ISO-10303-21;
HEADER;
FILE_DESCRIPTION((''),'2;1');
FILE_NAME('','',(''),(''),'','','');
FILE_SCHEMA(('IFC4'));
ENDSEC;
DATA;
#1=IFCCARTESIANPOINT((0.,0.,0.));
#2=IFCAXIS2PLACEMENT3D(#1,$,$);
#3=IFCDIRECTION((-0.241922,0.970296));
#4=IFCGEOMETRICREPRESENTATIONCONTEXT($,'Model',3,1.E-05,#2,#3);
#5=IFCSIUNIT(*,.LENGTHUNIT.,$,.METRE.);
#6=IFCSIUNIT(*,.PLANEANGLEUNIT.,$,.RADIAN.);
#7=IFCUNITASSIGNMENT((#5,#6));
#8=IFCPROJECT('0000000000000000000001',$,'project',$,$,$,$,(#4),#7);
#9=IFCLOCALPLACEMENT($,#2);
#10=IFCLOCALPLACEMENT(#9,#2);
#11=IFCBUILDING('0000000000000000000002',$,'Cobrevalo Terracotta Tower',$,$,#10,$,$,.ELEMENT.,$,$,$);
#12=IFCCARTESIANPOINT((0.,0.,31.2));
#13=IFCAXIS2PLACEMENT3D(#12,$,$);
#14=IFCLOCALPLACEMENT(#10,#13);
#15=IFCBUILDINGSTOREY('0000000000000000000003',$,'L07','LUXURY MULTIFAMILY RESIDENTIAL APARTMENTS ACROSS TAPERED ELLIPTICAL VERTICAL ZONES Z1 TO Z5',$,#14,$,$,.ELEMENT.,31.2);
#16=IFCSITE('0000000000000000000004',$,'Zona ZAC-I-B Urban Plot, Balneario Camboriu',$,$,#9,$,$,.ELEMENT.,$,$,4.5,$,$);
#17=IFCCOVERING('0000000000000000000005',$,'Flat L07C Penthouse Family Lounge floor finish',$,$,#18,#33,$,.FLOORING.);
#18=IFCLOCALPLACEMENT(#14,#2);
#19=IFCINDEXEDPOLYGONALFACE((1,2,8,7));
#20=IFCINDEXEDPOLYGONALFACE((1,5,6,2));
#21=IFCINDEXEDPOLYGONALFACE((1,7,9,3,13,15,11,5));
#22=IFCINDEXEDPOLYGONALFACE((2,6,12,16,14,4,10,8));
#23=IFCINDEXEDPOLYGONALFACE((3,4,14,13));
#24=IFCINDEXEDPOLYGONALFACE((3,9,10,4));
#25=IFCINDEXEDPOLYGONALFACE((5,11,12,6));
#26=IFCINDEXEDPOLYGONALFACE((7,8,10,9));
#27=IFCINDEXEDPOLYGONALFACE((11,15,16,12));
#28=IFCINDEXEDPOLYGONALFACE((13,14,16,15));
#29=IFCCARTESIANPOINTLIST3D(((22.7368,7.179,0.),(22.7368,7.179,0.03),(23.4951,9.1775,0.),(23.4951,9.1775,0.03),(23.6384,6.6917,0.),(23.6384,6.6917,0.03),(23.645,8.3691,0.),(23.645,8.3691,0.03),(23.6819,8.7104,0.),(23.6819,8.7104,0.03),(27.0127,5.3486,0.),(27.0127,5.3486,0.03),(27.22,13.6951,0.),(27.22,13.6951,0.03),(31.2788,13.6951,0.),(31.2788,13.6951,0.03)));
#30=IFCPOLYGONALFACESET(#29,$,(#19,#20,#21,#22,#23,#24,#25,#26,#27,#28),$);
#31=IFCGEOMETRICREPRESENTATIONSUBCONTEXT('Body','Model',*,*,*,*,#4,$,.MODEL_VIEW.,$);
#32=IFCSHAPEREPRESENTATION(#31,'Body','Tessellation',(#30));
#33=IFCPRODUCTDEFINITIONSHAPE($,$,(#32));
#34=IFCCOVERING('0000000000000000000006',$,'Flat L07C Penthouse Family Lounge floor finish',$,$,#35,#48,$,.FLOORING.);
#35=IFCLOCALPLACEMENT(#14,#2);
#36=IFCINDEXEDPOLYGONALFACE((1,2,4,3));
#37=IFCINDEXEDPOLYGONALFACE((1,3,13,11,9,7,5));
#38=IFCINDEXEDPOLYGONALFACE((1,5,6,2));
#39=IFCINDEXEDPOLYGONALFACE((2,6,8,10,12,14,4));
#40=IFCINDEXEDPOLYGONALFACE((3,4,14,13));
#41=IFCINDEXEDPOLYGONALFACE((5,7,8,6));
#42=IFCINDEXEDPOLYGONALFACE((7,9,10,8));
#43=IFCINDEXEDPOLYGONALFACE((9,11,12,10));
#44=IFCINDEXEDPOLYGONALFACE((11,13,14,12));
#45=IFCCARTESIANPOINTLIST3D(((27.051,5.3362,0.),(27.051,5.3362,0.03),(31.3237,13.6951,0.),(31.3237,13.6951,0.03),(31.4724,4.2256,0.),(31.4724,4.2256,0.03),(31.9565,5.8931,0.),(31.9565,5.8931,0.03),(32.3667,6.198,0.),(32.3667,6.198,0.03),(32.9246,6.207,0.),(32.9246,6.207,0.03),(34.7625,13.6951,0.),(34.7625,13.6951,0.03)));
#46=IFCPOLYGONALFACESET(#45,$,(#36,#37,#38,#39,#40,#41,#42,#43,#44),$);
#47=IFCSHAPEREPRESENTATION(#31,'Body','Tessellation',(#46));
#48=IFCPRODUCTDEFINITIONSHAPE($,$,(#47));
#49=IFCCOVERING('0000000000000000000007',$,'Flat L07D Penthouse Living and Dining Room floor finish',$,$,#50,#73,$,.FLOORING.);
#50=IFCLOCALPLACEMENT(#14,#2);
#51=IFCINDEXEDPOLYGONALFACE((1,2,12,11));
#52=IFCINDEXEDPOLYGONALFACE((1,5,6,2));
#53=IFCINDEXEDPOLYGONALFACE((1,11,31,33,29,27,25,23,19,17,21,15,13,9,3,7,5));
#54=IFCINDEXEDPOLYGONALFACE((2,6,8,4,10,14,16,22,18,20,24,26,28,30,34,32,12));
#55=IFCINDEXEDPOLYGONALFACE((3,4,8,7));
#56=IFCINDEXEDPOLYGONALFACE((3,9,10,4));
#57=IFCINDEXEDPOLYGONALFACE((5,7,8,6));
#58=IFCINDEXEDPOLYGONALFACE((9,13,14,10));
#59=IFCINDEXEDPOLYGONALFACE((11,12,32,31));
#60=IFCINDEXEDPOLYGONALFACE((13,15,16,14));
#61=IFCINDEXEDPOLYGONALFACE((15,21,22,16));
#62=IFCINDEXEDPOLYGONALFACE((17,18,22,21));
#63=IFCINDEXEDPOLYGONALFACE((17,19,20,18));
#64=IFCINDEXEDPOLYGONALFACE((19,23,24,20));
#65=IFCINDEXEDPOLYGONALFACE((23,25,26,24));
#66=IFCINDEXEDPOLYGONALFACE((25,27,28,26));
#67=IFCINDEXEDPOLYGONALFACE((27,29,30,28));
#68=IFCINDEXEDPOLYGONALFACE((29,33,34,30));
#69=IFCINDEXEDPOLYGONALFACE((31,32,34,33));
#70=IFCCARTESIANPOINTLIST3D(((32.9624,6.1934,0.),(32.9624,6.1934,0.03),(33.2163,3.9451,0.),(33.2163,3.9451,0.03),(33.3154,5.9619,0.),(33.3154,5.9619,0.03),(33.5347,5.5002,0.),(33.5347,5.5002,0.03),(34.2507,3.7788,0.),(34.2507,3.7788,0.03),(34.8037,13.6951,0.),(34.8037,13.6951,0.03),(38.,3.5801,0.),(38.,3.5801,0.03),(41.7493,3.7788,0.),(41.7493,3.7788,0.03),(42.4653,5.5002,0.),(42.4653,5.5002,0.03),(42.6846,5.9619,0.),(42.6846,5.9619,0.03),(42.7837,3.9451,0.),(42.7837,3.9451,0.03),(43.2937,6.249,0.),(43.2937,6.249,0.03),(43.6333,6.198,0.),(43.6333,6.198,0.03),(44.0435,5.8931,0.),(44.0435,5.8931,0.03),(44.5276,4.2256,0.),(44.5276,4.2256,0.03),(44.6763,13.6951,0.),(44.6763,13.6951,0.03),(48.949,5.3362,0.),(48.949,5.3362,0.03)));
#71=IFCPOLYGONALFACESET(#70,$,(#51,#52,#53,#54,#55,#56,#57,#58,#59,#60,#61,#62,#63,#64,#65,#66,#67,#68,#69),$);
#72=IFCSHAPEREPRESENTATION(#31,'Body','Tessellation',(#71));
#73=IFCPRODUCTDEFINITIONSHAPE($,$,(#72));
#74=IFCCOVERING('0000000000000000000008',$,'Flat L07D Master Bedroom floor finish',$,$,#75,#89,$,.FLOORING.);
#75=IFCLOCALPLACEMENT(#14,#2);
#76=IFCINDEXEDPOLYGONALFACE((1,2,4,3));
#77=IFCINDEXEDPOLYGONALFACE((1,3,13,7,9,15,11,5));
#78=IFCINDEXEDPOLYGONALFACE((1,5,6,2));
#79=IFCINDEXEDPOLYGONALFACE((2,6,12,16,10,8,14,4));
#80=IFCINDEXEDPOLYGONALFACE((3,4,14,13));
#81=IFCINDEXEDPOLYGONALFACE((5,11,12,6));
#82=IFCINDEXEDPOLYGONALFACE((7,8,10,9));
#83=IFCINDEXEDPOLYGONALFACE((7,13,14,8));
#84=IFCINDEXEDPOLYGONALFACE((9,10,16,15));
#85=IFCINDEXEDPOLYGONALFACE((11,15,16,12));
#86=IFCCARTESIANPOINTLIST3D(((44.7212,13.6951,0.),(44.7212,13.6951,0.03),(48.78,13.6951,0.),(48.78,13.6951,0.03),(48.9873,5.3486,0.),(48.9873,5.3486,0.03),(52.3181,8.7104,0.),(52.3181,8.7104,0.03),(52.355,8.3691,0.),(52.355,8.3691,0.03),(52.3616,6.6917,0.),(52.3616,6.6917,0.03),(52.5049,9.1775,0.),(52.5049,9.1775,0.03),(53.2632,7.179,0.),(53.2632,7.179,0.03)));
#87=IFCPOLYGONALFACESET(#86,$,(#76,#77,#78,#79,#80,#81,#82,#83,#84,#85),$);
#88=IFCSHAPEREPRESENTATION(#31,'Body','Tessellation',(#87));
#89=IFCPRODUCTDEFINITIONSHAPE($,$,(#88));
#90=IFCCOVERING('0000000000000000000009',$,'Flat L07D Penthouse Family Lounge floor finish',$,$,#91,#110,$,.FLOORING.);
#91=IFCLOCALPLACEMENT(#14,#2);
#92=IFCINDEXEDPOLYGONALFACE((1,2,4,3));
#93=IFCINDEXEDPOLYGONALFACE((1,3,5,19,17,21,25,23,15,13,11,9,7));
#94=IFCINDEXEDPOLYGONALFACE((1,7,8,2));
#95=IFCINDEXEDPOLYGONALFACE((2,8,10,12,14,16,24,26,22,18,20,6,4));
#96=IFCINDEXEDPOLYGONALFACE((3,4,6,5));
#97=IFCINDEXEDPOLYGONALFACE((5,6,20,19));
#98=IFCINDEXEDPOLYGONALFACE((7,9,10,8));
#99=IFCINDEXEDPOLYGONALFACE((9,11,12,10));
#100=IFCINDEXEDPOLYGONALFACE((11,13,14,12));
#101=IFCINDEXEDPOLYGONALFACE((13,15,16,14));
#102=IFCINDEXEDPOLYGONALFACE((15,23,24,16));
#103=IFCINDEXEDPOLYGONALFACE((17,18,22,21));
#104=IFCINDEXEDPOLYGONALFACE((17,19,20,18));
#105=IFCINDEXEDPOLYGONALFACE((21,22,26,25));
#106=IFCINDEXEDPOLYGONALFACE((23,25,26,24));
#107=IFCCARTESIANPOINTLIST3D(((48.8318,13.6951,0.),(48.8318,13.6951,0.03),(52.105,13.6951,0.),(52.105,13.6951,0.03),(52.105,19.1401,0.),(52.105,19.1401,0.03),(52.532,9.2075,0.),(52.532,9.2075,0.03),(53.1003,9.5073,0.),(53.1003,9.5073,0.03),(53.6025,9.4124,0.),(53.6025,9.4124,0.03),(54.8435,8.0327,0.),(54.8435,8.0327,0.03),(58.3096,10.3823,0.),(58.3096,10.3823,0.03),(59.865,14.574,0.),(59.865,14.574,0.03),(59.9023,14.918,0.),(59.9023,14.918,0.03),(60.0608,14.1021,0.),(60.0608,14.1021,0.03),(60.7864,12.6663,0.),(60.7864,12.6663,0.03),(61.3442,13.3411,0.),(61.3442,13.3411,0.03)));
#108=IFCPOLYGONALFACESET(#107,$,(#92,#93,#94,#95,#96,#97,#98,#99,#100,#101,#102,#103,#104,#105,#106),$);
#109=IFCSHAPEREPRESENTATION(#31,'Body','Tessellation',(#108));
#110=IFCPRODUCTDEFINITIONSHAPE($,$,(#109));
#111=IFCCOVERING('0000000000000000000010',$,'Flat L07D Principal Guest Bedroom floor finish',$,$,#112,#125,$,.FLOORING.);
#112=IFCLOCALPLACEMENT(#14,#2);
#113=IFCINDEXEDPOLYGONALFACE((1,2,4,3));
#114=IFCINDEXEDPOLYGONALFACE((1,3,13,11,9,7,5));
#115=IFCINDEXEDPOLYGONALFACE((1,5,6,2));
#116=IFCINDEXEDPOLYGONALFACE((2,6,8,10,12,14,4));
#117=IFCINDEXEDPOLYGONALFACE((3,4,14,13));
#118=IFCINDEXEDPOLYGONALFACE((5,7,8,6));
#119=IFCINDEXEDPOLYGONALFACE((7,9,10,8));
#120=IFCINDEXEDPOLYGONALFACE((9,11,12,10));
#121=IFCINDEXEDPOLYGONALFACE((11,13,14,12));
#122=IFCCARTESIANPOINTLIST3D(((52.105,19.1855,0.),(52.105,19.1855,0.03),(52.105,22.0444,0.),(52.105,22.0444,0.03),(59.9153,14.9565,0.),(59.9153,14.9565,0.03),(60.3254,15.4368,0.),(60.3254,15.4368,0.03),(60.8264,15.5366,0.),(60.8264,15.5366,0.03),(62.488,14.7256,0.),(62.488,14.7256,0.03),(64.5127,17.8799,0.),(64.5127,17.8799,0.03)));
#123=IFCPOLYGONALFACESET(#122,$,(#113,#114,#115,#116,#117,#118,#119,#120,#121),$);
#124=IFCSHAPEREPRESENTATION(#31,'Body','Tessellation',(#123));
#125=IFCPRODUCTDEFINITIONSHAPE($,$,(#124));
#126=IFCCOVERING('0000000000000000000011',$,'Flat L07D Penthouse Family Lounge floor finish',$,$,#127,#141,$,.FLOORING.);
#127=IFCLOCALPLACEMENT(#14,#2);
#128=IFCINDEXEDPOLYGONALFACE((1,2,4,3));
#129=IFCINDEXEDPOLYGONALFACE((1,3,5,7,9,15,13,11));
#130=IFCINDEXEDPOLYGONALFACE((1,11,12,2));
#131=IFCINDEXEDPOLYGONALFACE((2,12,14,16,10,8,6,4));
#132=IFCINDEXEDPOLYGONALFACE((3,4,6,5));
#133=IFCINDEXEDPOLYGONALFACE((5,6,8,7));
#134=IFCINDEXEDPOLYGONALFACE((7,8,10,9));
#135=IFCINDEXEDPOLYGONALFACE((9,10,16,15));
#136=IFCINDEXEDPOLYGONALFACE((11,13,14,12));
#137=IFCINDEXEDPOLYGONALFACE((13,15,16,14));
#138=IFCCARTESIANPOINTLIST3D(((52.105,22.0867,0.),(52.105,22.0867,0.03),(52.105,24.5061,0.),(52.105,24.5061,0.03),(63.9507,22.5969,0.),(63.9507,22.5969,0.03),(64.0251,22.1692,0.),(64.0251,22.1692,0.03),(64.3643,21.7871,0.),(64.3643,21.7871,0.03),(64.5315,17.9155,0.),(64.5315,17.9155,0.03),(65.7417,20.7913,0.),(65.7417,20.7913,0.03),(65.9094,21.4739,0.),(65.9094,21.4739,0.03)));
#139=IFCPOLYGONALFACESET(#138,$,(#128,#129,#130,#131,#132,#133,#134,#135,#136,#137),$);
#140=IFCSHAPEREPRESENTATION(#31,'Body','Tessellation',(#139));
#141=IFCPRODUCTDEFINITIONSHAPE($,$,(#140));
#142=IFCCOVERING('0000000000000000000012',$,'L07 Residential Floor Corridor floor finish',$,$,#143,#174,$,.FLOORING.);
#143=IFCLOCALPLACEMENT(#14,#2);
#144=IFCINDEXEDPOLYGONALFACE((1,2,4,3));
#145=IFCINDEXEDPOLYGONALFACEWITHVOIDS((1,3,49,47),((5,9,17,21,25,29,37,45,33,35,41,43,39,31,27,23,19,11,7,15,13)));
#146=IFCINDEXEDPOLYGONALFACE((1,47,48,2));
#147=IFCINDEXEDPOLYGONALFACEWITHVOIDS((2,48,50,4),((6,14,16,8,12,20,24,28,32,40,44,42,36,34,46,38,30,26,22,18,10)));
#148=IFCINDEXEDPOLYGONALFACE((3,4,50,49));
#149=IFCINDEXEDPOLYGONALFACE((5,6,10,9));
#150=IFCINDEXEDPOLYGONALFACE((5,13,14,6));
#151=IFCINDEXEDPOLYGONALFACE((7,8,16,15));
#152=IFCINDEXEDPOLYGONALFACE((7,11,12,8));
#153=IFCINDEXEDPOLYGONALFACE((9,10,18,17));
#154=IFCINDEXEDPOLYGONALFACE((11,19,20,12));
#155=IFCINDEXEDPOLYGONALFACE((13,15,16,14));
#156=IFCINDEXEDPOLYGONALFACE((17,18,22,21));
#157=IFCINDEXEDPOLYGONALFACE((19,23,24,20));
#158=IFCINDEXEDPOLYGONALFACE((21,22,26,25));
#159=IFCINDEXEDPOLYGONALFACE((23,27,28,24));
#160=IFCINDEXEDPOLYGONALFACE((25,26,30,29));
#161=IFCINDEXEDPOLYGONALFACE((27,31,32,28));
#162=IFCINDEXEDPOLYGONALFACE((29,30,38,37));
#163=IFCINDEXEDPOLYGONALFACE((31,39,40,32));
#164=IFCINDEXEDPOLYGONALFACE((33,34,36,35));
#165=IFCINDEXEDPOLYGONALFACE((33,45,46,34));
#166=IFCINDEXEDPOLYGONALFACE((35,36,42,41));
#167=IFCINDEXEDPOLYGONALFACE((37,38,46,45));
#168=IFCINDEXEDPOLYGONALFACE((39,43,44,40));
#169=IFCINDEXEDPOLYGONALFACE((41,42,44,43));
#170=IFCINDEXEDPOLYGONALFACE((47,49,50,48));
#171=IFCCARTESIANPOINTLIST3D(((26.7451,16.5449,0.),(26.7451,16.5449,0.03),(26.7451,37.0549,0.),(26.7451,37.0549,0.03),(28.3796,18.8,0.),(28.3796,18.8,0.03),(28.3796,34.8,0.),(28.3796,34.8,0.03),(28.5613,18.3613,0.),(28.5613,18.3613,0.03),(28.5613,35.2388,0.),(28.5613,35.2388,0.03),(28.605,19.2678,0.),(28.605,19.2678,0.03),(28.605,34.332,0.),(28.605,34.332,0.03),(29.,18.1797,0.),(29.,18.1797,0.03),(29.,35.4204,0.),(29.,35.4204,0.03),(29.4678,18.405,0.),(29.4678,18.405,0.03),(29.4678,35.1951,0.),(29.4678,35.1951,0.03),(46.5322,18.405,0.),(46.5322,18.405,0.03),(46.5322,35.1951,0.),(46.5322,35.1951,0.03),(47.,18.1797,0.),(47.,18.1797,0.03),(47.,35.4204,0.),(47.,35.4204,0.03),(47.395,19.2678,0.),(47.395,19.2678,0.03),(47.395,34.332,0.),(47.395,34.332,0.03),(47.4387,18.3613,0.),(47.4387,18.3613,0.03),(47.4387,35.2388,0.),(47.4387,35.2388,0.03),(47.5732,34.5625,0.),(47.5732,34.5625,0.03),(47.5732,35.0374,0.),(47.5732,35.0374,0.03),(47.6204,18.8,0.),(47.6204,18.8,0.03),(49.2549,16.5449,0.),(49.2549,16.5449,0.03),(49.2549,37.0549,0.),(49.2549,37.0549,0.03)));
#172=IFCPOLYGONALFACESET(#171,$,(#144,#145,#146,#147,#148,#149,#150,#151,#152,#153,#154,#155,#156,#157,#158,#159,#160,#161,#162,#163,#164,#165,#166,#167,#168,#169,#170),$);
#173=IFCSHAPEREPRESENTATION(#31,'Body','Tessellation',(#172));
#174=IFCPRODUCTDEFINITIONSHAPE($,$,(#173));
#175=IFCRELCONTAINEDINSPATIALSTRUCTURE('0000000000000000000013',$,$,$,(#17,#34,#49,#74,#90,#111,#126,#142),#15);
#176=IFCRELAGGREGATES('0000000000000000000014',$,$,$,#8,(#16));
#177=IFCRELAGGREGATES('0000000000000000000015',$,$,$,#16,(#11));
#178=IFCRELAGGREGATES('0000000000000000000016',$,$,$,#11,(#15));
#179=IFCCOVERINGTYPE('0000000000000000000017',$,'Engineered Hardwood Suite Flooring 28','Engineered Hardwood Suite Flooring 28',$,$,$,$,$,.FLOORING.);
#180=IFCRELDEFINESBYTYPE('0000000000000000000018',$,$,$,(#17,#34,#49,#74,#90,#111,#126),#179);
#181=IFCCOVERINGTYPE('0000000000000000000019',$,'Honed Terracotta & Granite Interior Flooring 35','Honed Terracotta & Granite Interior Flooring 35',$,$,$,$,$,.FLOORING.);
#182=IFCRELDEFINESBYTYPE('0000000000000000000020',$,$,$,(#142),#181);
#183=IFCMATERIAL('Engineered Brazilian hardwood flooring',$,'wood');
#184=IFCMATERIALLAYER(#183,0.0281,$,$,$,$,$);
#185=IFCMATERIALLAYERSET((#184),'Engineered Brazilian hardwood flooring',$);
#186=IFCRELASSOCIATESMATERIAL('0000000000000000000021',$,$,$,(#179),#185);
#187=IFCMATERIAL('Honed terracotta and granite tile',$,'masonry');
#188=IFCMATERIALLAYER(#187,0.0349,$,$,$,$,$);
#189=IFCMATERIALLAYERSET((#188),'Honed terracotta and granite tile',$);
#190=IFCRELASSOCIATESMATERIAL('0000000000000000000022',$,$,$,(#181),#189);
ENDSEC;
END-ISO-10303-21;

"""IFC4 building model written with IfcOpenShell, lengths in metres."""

from ifc_helpers import new_model, si_unit, direction, frame, origin, place, context, subcontext, project, spatial, polyline, outline, extrude, material, layer, layer_set, type_object, element, save


model = new_model("IFC4")

# Units and contexts
model_context = context("Model", 3, precision=1e-05, world=origin(), true_north=direction((-0.241922, 0.970296)))
body_context = subcontext(model_context, "Body", "Model", "MODEL_VIEW")
ifc_project = project(units=[si_unit("LENGTHUNIT", "METRE"), si_unit("PLANEANGLEUNIT", "RADIAN")], contexts=[model_context])

# Site, building, storey
site_placement = place(None, origin())
site = spatial("IfcSite", under=ifc_project, at=site_placement, Name="Zona ZAC-I-B Urban Plot, Balneario Camboriu", CompositionType="ELEMENT", RefElevation=4.5)
building_placement = place(site_placement, origin())
building = spatial("IfcBuilding", under=site, at=building_placement, Name="Cobrevalo Terracotta Tower", CompositionType="ELEMENT")
storey_placement = place(building_placement, frame((0.0, 0.0, 31.2)))
storey = spatial("IfcBuildingStorey", under=building, at=storey_placement, Name="L07", Description="LUXURY MULTIFAMILY RESIDENTIAL APARTMENTS ACROSS TAPERED ELLIPTICAL VERTICAL ZONES Z1 TO Z5", CompositionType="ELEMENT", Elevation=31.2)

# Coverings
ifc_material_1 = material(Name="Engineered Brazilian hardwood flooring", Category="wood")
ifc_layer_1 = layer(ifc_material_1, 0.0281)
ifc_layer_set_1 = layer_set([ifc_layer_1], Name="Engineered Brazilian hardwood flooring")
covering_type_1 = type_object("IfcCoveringType", Name="Engineered Hardwood Suite Flooring 28", Description="Engineered Hardwood Suite Flooring 28", PredefinedType="FLOORING", material=ifc_layer_set_1)
covering_1_placement = place(storey_placement, origin())
element("IfcCovering", 1, at=covering_1_placement, inside=storey, type_object=covering_type_1, Name="Flat L07C Penthouse Family Lounge floor finish", PredefinedType="FLOORING", context=body_context, shape_type="SweptSolid", body=[
    extrude(outline(polyline([(22.7368, 7.179), (23.645, 8.3691), (23.6819, 8.7104), (23.4951, 9.1775), (27.22, 13.6951), (31.2788, 13.6951), (27.0127, 5.3486), (23.6384, 6.6917), (22.7368, 7.179)])), origin(), (0.0, 0.0, 1.0), 0.03),
])
covering_2_placement = place(storey_placement, origin())
element("IfcCovering", 2, at=covering_2_placement, inside=storey, type_object=covering_type_1, Name="Flat L07C Penthouse Family Lounge floor finish", PredefinedType="FLOORING", context=body_context, shape_type="SweptSolid", body=[
    extrude(outline(polyline([(32.9246, 6.207), (32.3667, 6.198), (31.9565, 5.8931), (31.4724, 4.2256), (27.051, 5.3362), (31.3237, 13.6951), (34.7625, 13.6951), (32.9246, 6.207)])), origin(), (0.0, 0.0, 1.0), 0.03),
])
covering_3_placement = place(storey_placement, origin())
element("IfcCovering", 3, at=covering_3_placement, inside=storey, type_object=covering_type_1, Name="Flat L07D Penthouse Living and Dining Room floor finish", PredefinedType="FLOORING", context=body_context, shape_type="SweptSolid", body=[
    extrude(outline(polyline([(44.5276, 4.2256), (44.0435, 5.8931), (43.6333, 6.198), (43.2937, 6.249), (42.6846, 5.9619), (42.4653, 5.5002), (42.7837, 3.9451), (41.7493, 3.7788), (38.0, 3.5801), (34.2507, 3.7788), (33.2163, 3.9451), (33.5347, 5.5002), (33.3154, 5.9619), (32.9624, 6.1934), (34.8037, 13.6951), (44.6763, 13.6951), (48.949, 5.3362), (44.5276, 4.2256)])), origin(), (0.0, 0.0, 1.0), 0.03),
])
covering_4_placement = place(storey_placement, origin())
element("IfcCovering", 4, at=covering_4_placement, inside=storey, type_object=covering_type_1, Name="Flat L07D Master Bedroom floor finish", PredefinedType="FLOORING", context=body_context, shape_type="SweptSolid", body=[
    extrude(outline(polyline([(48.9873, 5.3486), (44.7212, 13.6951), (48.78, 13.6951), (52.5049, 9.1775), (52.3181, 8.7104), (52.355, 8.3691), (53.2632, 7.179), (52.3616, 6.6917), (48.9873, 5.3486)])), origin(), (0.0, 0.0, 1.0), 0.03),
])
covering_5_placement = place(storey_placement, origin())
element("IfcCovering", 5, at=covering_5_placement, inside=storey, type_object=covering_type_1, Name="Flat L07D Penthouse Family Lounge floor finish", PredefinedType="FLOORING", context=body_context, shape_type="SweptSolid", body=[
    extrude(outline(polyline([(58.3096, 10.3823), (54.8435, 8.0327), (53.6025, 9.4124), (53.1003, 9.5073), (52.532, 9.2075), (48.8318, 13.6951), (52.105, 13.6951), (52.105, 19.1401), (59.9023, 14.918), (59.865, 14.574), (60.0608, 14.1021), (61.3442, 13.3411), (60.7864, 12.6663), (58.3096, 10.3823)])), origin(), (0.0, 0.0, 1.0), 0.03),
])
covering_6_placement = place(storey_placement, origin())
element("IfcCovering", 6, at=covering_6_placement, inside=storey, type_object=covering_type_1, Name="Flat L07D Principal Guest Bedroom floor finish", PredefinedType="FLOORING", context=body_context, shape_type="SweptSolid", body=[
    extrude(outline(polyline([(62.488, 14.7256), (60.8264, 15.5366), (60.3254, 15.4368), (59.9153, 14.9565), (52.105, 19.1855), (52.105, 22.0444), (64.5127, 17.8799), (62.488, 14.7256)])), origin(), (0.0, 0.0, 1.0), 0.03),
])
covering_7_placement = place(storey_placement, origin())
element("IfcCovering", 7, at=covering_7_placement, inside=storey, type_object=covering_type_1, Name="Flat L07D Penthouse Family Lounge floor finish", PredefinedType="FLOORING", context=body_context, shape_type="SweptSolid", body=[
    extrude(outline(polyline([(52.105, 22.0867), (52.105, 24.5061), (63.9507, 22.5969), (64.0251, 22.1692), (64.3643, 21.7871), (65.9094, 21.4739), (65.7417, 20.7913), (64.5315, 17.9155), (52.105, 22.0867)])), origin(), (0.0, 0.0, 1.0), 0.03),
])
ifc_material_2 = material(Name="Honed terracotta and granite tile", Category="masonry")
ifc_layer_2 = layer(ifc_material_2, 0.0349)
ifc_layer_set_2 = layer_set([ifc_layer_2], Name="Honed terracotta and granite tile")
covering_type_2 = type_object("IfcCoveringType", Name="Honed Terracotta & Granite Interior Flooring 35", Description="Honed Terracotta & Granite Interior Flooring 35", PredefinedType="FLOORING", material=ifc_layer_set_2)
covering_8_placement = place(storey_placement, origin())
element("IfcCovering", 8, at=covering_8_placement, inside=storey, type_object=covering_type_2, Name="L07 Residential Floor Corridor floor finish", PredefinedType="FLOORING", context=body_context, shape_type="SweptSolid", body=[
    extrude(outline(polyline([(49.2549, 37.0549), (49.2549, 16.5449), (26.7451, 16.5449), (26.7451, 37.0549), (49.2549, 37.0549)]), holes=[polyline([(47.395, 34.332), (47.5732, 34.5625), (47.5732, 35.0374), (47.4387, 35.2388), (47.0, 35.4204), (46.5322, 35.1951), (29.4678, 35.1951), (29.0, 35.4204), (28.5613, 35.2388), (28.3796, 34.8), (28.605, 34.332), (28.605, 19.2678), (28.3796, 18.8), (28.5613, 18.3613), (29.0, 18.1797), (29.4678, 18.405), (46.5322, 18.405), (47.0, 18.1797), (47.4387, 18.3613), (47.6204, 18.8), (47.395, 19.2678), (47.395, 34.332)])]), origin(), (0.0, 0.0, 1.0), 0.03),
])

save(model, "model.ifc")
